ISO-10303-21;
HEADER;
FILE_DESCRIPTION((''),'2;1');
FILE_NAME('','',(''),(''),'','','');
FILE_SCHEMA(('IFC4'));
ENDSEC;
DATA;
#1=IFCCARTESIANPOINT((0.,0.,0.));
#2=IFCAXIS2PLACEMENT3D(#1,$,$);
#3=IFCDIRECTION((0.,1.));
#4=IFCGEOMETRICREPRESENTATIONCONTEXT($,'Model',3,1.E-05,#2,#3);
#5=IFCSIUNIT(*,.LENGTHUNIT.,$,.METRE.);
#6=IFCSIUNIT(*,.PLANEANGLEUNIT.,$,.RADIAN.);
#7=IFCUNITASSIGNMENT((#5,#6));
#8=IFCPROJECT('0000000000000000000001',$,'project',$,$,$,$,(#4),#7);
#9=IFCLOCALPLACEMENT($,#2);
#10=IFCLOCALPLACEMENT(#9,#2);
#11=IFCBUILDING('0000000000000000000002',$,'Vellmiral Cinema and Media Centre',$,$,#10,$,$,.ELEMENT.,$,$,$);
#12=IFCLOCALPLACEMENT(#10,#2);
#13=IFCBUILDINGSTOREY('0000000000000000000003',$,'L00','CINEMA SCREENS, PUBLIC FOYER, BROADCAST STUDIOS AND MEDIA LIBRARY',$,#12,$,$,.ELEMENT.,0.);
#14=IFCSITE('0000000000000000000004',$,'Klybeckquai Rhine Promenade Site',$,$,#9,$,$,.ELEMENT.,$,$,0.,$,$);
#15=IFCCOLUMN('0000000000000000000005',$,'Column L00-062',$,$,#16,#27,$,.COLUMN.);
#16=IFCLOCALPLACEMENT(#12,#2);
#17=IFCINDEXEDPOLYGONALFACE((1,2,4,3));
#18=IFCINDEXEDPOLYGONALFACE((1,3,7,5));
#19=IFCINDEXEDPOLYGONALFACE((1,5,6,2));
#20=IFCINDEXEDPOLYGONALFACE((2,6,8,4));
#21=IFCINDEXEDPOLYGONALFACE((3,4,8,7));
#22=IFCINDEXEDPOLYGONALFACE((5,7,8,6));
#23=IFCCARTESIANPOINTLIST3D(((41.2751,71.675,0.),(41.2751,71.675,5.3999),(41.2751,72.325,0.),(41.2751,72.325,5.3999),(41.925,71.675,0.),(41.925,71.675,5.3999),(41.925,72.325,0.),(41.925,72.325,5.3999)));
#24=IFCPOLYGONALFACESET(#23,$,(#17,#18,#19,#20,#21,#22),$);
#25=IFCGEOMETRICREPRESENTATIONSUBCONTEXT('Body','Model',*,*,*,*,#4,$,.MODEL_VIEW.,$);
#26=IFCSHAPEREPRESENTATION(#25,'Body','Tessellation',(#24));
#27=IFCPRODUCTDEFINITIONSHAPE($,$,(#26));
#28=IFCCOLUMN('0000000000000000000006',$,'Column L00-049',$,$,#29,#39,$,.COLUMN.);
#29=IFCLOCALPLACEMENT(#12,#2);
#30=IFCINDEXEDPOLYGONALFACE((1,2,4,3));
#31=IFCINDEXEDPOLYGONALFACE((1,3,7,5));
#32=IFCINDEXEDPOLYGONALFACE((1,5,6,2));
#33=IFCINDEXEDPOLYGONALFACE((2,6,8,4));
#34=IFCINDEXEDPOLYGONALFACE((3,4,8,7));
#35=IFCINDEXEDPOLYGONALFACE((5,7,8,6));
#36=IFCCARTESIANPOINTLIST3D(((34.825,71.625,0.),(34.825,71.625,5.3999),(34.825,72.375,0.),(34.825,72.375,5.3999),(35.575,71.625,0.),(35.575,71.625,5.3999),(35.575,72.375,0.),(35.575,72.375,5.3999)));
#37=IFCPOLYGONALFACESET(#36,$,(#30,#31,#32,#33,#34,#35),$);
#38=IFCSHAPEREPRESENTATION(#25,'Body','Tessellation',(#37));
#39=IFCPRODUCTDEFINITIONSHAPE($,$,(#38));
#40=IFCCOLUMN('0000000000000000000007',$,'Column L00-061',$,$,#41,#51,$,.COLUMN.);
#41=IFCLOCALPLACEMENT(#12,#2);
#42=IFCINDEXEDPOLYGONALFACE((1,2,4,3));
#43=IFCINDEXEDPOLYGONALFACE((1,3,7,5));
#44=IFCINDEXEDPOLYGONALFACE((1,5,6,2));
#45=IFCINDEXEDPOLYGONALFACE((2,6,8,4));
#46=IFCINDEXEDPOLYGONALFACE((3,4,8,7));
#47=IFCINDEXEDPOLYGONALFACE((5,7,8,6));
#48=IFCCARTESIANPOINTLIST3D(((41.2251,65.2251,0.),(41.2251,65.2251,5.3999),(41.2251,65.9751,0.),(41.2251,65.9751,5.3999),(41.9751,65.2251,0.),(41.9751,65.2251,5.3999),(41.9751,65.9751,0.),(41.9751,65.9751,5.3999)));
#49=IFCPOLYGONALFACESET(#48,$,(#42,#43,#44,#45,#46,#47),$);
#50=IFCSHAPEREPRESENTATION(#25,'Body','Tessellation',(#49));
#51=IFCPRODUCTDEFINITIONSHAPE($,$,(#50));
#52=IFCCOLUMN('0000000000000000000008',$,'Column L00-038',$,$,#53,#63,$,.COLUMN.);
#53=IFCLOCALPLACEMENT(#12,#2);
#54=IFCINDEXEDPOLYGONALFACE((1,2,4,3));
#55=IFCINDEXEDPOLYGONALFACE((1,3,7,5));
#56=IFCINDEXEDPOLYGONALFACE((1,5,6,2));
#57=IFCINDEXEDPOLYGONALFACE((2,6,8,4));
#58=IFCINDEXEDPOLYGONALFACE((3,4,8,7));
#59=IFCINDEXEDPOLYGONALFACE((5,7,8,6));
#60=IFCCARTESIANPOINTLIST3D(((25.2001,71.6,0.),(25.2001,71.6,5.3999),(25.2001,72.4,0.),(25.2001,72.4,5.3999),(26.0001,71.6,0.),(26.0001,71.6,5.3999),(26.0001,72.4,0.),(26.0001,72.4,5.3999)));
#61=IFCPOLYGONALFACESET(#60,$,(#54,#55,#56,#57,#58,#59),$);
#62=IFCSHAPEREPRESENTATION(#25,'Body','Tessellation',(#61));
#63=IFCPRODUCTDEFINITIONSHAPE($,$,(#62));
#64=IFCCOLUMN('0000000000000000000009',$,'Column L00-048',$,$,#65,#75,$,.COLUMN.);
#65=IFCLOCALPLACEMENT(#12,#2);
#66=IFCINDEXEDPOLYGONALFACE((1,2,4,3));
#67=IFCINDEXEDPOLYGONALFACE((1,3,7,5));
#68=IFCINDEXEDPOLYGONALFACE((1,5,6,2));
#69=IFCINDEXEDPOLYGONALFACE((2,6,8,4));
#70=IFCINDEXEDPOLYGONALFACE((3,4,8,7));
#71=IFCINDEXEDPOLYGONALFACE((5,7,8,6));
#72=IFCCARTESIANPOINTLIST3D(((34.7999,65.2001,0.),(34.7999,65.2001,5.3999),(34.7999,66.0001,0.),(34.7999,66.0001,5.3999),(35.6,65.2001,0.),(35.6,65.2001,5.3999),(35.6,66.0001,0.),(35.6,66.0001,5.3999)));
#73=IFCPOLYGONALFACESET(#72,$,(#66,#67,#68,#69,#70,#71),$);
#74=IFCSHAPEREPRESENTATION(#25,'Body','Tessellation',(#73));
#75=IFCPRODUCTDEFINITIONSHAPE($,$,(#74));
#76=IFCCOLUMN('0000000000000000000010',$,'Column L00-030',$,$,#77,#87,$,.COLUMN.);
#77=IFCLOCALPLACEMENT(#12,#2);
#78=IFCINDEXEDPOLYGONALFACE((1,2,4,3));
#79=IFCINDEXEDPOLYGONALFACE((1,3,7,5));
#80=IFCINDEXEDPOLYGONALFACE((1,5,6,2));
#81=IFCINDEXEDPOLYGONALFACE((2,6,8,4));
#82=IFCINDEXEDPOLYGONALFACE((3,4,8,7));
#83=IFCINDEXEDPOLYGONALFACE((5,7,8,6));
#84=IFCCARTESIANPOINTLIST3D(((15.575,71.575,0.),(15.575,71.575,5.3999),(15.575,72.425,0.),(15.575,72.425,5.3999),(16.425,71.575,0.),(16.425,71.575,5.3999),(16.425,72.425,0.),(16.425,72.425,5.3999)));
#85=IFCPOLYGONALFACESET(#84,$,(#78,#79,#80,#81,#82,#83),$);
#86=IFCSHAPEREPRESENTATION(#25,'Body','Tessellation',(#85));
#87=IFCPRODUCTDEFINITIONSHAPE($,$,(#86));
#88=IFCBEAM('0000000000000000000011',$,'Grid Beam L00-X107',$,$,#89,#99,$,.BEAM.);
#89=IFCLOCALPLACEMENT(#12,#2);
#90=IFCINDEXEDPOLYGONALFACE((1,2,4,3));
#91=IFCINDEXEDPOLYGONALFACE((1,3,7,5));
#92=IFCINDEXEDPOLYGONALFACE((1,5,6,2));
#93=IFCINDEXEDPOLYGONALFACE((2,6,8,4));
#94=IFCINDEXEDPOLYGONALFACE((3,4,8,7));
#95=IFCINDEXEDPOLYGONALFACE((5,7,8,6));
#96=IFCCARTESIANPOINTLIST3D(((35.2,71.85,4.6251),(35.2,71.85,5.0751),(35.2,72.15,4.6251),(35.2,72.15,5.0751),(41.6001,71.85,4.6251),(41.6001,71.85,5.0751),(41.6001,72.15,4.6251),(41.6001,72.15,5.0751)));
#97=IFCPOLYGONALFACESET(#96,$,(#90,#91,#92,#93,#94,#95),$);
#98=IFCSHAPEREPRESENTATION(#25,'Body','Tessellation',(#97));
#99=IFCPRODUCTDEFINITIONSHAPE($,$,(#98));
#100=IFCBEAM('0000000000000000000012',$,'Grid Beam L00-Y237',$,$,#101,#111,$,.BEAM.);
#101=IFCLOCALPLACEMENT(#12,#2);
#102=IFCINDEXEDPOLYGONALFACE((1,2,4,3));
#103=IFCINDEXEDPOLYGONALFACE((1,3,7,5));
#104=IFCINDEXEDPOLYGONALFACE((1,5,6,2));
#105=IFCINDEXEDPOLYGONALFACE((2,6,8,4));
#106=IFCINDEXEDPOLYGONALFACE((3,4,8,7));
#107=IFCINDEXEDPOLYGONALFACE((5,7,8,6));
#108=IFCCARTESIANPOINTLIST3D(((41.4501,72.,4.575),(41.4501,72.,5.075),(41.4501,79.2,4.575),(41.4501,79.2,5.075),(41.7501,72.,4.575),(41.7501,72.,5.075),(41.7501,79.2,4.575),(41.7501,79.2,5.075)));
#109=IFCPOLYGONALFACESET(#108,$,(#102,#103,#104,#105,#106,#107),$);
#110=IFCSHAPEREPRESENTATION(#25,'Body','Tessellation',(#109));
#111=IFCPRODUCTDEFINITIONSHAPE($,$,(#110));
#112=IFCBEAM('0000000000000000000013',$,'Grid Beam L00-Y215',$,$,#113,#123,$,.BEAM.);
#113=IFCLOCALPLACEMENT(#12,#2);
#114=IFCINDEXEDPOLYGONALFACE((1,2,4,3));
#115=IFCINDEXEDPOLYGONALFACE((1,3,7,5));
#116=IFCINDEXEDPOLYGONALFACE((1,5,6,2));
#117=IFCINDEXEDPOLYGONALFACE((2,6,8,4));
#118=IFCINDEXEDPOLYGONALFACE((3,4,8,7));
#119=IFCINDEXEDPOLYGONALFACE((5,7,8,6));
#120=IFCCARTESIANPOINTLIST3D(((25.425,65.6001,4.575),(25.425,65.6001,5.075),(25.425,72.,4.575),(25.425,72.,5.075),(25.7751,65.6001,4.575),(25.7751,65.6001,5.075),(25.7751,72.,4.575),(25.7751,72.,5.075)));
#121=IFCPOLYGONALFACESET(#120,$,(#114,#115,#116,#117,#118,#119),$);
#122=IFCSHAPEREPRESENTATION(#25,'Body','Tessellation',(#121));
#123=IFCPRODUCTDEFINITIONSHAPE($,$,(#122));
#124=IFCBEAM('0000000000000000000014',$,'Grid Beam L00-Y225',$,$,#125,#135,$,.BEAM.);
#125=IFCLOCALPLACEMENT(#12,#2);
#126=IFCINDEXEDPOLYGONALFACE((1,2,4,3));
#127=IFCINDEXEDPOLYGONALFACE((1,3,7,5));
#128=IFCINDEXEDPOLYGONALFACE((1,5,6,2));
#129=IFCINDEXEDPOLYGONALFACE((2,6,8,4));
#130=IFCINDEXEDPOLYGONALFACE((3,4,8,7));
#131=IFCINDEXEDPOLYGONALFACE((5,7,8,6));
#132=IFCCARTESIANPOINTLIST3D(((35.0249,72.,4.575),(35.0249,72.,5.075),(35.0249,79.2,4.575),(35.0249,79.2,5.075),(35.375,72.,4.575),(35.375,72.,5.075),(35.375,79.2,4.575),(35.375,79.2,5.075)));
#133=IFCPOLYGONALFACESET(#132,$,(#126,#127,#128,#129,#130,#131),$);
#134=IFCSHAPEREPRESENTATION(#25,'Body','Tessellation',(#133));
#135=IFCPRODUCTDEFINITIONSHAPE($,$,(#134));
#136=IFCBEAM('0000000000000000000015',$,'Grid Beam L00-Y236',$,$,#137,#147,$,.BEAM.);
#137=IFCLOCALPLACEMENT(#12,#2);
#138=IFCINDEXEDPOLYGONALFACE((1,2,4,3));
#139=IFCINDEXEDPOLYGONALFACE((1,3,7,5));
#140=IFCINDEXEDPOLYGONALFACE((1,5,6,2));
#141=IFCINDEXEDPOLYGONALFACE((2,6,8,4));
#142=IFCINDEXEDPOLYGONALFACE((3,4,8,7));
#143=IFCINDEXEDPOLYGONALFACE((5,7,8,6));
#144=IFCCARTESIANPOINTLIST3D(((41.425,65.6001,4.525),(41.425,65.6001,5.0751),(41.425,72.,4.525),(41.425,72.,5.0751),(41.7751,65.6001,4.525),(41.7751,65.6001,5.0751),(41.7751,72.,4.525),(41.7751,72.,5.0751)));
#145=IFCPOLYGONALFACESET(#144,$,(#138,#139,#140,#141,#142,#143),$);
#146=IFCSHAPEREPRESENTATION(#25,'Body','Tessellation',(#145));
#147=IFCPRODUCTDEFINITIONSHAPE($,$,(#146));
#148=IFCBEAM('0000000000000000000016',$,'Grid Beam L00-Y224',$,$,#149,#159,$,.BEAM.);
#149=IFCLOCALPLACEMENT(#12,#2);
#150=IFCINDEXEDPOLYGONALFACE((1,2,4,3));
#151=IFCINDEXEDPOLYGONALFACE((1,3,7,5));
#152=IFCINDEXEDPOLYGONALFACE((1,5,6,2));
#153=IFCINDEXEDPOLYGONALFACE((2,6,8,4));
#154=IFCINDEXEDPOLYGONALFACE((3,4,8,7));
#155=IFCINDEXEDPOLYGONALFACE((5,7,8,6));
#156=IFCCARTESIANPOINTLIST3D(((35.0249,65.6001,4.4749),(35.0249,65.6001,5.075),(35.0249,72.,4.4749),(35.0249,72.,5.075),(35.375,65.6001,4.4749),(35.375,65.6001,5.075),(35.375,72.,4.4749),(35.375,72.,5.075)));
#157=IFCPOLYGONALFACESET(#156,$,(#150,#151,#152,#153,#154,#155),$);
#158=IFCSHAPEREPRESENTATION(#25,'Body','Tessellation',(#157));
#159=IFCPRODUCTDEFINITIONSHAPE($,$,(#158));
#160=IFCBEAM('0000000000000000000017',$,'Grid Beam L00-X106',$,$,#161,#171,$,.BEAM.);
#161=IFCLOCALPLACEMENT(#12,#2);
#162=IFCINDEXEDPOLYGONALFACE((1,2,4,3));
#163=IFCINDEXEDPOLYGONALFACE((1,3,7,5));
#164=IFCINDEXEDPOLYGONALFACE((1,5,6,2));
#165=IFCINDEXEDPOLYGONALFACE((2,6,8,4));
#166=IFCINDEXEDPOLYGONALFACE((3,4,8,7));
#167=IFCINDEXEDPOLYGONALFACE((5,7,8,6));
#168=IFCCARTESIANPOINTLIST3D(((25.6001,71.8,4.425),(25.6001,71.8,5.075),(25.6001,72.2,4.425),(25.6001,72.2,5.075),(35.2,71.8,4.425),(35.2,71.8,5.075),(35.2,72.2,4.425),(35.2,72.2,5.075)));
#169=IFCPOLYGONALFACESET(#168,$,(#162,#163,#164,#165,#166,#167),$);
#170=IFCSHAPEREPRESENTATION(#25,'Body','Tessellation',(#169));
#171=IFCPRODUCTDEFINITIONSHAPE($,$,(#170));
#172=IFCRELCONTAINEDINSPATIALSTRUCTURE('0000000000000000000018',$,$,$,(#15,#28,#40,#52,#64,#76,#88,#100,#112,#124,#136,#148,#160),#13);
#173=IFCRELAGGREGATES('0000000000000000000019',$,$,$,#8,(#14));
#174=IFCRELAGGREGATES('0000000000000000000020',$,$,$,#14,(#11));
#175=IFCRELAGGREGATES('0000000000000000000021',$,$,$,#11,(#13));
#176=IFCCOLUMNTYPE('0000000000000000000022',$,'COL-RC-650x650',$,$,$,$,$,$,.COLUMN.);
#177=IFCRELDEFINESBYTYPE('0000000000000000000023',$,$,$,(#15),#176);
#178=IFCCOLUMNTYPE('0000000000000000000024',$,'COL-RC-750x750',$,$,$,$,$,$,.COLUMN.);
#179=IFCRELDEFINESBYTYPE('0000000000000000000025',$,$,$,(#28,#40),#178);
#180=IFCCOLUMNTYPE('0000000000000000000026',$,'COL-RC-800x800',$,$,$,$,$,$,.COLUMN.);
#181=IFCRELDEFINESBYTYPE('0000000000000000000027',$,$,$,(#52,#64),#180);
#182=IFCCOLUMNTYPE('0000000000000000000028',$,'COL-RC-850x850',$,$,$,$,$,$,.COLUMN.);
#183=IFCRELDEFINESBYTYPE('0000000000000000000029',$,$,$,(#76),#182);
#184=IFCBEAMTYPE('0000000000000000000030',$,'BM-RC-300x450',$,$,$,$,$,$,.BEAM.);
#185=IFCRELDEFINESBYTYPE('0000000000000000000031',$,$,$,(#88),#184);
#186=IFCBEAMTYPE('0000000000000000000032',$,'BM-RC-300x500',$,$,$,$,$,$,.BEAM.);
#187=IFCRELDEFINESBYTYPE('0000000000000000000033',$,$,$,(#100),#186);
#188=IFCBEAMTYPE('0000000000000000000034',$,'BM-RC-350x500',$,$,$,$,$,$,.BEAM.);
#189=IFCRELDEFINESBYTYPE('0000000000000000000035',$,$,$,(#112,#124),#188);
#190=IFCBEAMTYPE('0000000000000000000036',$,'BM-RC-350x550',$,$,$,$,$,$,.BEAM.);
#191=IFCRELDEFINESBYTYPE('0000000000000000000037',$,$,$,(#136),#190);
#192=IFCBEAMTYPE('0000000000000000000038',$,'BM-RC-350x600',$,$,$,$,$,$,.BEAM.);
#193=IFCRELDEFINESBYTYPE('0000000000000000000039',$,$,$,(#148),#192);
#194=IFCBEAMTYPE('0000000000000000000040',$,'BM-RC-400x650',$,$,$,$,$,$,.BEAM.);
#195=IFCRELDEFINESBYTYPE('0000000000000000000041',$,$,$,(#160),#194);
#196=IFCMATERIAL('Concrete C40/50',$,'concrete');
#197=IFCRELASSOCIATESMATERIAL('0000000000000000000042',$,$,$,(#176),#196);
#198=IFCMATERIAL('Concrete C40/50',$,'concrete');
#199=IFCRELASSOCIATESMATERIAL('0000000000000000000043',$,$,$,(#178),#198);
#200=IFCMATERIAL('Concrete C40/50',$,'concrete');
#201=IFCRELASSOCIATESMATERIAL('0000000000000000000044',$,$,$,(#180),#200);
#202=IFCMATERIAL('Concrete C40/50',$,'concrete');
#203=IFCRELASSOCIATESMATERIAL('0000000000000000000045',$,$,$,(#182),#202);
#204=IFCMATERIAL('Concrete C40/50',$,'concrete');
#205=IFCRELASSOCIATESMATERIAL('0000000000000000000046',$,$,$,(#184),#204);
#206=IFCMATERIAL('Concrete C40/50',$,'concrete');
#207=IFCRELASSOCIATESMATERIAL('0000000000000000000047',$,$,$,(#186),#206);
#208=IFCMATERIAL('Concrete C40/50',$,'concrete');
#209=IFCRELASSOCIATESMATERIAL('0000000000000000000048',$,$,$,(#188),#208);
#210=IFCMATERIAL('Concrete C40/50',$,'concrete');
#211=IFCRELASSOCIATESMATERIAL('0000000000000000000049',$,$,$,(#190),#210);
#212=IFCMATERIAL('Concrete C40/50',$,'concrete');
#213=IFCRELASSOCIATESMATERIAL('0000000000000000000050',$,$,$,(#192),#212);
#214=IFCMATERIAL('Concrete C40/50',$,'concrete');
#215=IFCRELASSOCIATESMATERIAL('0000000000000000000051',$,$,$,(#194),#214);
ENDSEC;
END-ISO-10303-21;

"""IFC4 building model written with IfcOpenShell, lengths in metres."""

from ifc_helpers import new_model, si_unit, direction, frame, origin, origin_2d, place, context, subcontext, project, spatial, rectangle, extrude, material, material_profile, profile_set, type_object, element, save


model = new_model("IFC4")

# Units and contexts
model_context = context("Model", 3, precision=1e-05, world=origin(), true_north=direction((0.0, 1.0)))
body_context = subcontext(model_context, "Body", "Model", "MODEL_VIEW")
ifc_project = project(units=[si_unit("LENGTHUNIT", "METRE"), si_unit("PLANEANGLEUNIT", "RADIAN")], contexts=[model_context])

# Site, building, storey
site_placement = place(None, origin())
site = spatial("IfcSite", under=ifc_project, at=site_placement, Name="Klybeckquai Rhine Promenade Site", CompositionType="ELEMENT", RefElevation=0.0)
building_placement = place(site_placement, origin())
building = spatial("IfcBuilding", under=site, at=building_placement, Name="Vellmiral Cinema and Media Centre", CompositionType="ELEMENT")
storey_placement = place(building_placement, origin())
storey = spatial("IfcBuildingStorey", under=building, at=storey_placement, Name="L00", Description="CINEMA SCREENS, PUBLIC FOYER, BROADCAST STUDIOS AND MEDIA LIBRARY", CompositionType="ELEMENT", Elevation=0.0)

# Columns
ifc_material_1 = material(Name="Concrete C40/50", Category="concrete")
ifc_material_profile_1 = material_profile(ifc_material_1, rectangle(XDim=0.6499, YDim=0.6499, at=origin_2d()), Name="RC 650x650")
ifc_profile_set_1 = profile_set([ifc_material_profile_1], Name="Concrete C40/50")
column_type_1 = type_object("IfcColumnType", Name="COL-RC-650x650", PredefinedType="COLUMN", material=ifc_profile_set_1)
column_1_placement = place(storey_placement, frame((41.6001, 72.0, 0.0), z_axis=(0.0, 0.0, 1.0), x_axis=(1.0, 0.0, 0.0)))
element("IfcColumn", 1, at=column_1_placement, inside=storey, type_object=column_type_1, Name="Column L00-062", PredefinedType="COLUMN", context=body_context, shape_type="SweptSolid", body=[
    extrude(rectangle(XDim=0.6499, YDim=0.6499, at=origin_2d()), origin(), (0.0, 0.0, 1.0), 5.3999),
])
ifc_material_2 = material(Name="Concrete C40/50", Category="concrete")
ifc_material_profile_2 = material_profile(ifc_material_2, rectangle(XDim=0.75, YDim=0.75, at=origin_2d()), Name="RC 750x750")
ifc_profile_set_2 = profile_set([ifc_material_profile_2], Name="Concrete C40/50")
column_type_2 = type_object("IfcColumnType", Name="COL-RC-750x750", PredefinedType="COLUMN", material=ifc_profile_set_2)
for number, where, z_axis, x_axis, name in (
    (2, (35.2, 72.0, 0.0), (0.0, 0.0, 1.0), (1.0, 0.0, 0.0), "Column L00-049"),
    (3, (41.6001, 65.6001, 0.0), (0.0, 0.0, 1.0), (1.0, 0.0, 0.0), "Column L00-061"),
):
    element("IfcColumn", number, at=place(storey_placement, frame(where, z_axis=z_axis, x_axis=x_axis)), inside=storey, type_object=column_type_2, Name=name, PredefinedType="COLUMN", context=body_context, shape_type="SweptSolid", body=[
        extrude(rectangle(XDim=0.75, YDim=0.75, at=origin_2d()), origin(), (0.0, 0.0, 1.0), 5.3999),
    ])
ifc_material_3 = material(Name="Concrete C40/50", Category="concrete")
ifc_material_profile_3 = material_profile(ifc_material_3, rectangle(XDim=0.8, YDim=0.8, at=origin_2d()), Name="RC 800x800")
ifc_profile_set_3 = profile_set([ifc_material_profile_3], Name="Concrete C40/50")
column_type_3 = type_object("IfcColumnType", Name="COL-RC-800x800", PredefinedType="COLUMN", material=ifc_profile_set_3)
for number, where, z_axis, x_axis, name in (
    (4, (25.6001, 72.0, 0.0), (0.0, 0.0, 1.0), (1.0, 0.0, 0.0), "Column L00-038"),
    (5, (35.2, 65.6001, 0.0), (0.0, 0.0, 1.0), (1.0, 0.0, 0.0), "Column L00-048"),
):
    element("IfcColumn", number, at=place(storey_placement, frame(where, z_axis=z_axis, x_axis=x_axis)), inside=storey, type_object=column_type_3, Name=name, PredefinedType="COLUMN", context=body_context, shape_type="SweptSolid", body=[
        extrude(rectangle(XDim=0.8, YDim=0.8, at=origin_2d()), origin(), (0.0, 0.0, 1.0), 5.3999),
    ])
ifc_material_4 = material(Name="Concrete C40/50", Category="concrete")
ifc_material_profile_4 = material_profile(ifc_material_4, rectangle(XDim=0.8501, YDim=0.8501, at=origin_2d()), Name="RC 850x850")
ifc_profile_set_4 = profile_set([ifc_material_profile_4], Name="Concrete C40/50")
column_type_4 = type_object("IfcColumnType", Name="COL-RC-850x850", PredefinedType="COLUMN", material=ifc_profile_set_4)
column_2_placement = place(storey_placement, frame((16.0, 72.0, 0.0), z_axis=(0.0, 0.0, 1.0), x_axis=(1.0, 0.0, 0.0)))
element("IfcColumn", 6, at=column_2_placement, inside=storey, type_object=column_type_4, Name="Column L00-030", PredefinedType="COLUMN", context=body_context, shape_type="SweptSolid", body=[
    extrude(rectangle(XDim=0.8501, YDim=0.8501, at=origin_2d()), origin(), (0.0, 0.0, 1.0), 5.3999),
])

# Beams
ifc_material_5 = material(Name="Concrete C40/50", Category="concrete")
ifc_material_profile_5 = material_profile(ifc_material_5, rectangle(XDim=0.3, YDim=0.45, at=origin_2d()), Name="RC 300x450")
ifc_profile_set_5 = profile_set([ifc_material_profile_5], Name="Concrete C40/50")
beam_type_1 = type_object("IfcBeamType", Name="BM-RC-300x450", PredefinedType="BEAM", material=ifc_profile_set_5)
beam_1_placement = place(storey_placement, frame((35.2, 72.0, 4.8501), z_axis=(1.0, 0.0, 0.0), x_axis=(0.0, 1.0, 0.0)))
element("IfcBeam", 7, at=beam_1_placement, inside=storey, type_object=beam_type_1, Name="Grid Beam L00-X107", PredefinedType="BEAM", context=body_context, shape_type="SweptSolid", body=[
    extrude(rectangle(XDim=0.3, YDim=0.45, at=origin_2d()), origin(), (0.0, 0.0, 1.0), 6.4001),
])
ifc_material_6 = material(Name="Concrete C40/50", Category="concrete")
ifc_material_profile_6 = material_profile(ifc_material_6, rectangle(XDim=0.3, YDim=0.5, at=origin_2d()), Name="RC 300x500")
ifc_profile_set_6 = profile_set([ifc_material_profile_6], Name="Concrete C40/50")
beam_type_2 = type_object("IfcBeamType", Name="BM-RC-300x500", PredefinedType="BEAM", material=ifc_profile_set_6)
beam_2_placement = place(storey_placement, frame((41.6001, 72.0, 4.825), z_axis=(0.0, 1.0, 0.0), x_axis=(-1.0, 0.0, 0.0)))
element("IfcBeam", 8, at=beam_2_placement, inside=storey, type_object=beam_type_2, Name="Grid Beam L00-Y237", PredefinedType="BEAM", context=body_context, shape_type="SweptSolid", body=[
    extrude(rectangle(XDim=0.3, YDim=0.5, at=origin_2d()), origin(), (0.0, 0.0, 1.0), 7.2),
])
ifc_material_7 = material(Name="Concrete C40/50", Category="concrete")
ifc_material_profile_7 = material_profile(ifc_material_7, rectangle(XDim=0.3501, YDim=0.5, at=origin_2d()), Name="RC 350x500")
ifc_profile_set_7 = profile_set([ifc_material_profile_7], Name="Concrete C40/50")
beam_type_3 = type_object("IfcBeamType", Name="BM-RC-350x500", PredefinedType="BEAM", material=ifc_profile_set_7)
beam_3_placement = place(storey_placement, frame((25.6001, 65.6001, 4.825), z_axis=(0.0, 1.0, 0.0), x_axis=(-1.0, 0.0, 0.0)))
element("IfcBeam", 9, at=beam_3_placement, inside=storey, type_object=beam_type_3, Name="Grid Beam L00-Y215", PredefinedType="BEAM", context=body_context, shape_type="SweptSolid", body=[
    extrude(rectangle(XDim=0.3501, YDim=0.5, at=origin_2d()), origin(), (0.0, 0.0, 1.0), 6.3999),
])
beam_4_placement = place(storey_placement, frame((35.2, 72.0, 4.825), z_axis=(0.0, 1.0, 0.0), x_axis=(-1.0, 0.0, 0.0)))
element("IfcBeam", 10, at=beam_4_placement, inside=storey, type_object=beam_type_3, Name="Grid Beam L00-Y225", PredefinedType="BEAM", context=body_context, shape_type="SweptSolid", body=[
    extrude(rectangle(XDim=0.3501, YDim=0.5, at=origin_2d()), origin(), (0.0, 0.0, 1.0), 7.2),
])
ifc_material_8 = material(Name="Concrete C40/50", Category="concrete")
ifc_material_profile_8 = material_profile(ifc_material_8, rectangle(XDim=0.3501, YDim=0.55, at=origin_2d()), Name="RC 350x550")
ifc_profile_set_8 = profile_set([ifc_material_profile_8], Name="Concrete C40/50")
beam_type_4 = type_object("IfcBeamType", Name="BM-RC-350x550", PredefinedType="BEAM", material=ifc_profile_set_8)
beam_5_placement = place(storey_placement, frame((41.6001, 65.6001, 4.8), z_axis=(0.0, 1.0, 0.0), x_axis=(-1.0, 0.0, 0.0)))
element("IfcBeam", 11, at=beam_5_placement, inside=storey, type_object=beam_type_4, Name="Grid Beam L00-Y236", PredefinedType="BEAM", context=body_context, shape_type="SweptSolid", body=[
    extrude(rectangle(XDim=0.3501, YDim=0.55, at=origin_2d()), origin(), (0.0, 0.0, 1.0), 6.3999),
])
ifc_material_9 = material(Name="Concrete C40/50", Category="concrete")
ifc_material_profile_9 = material_profile(ifc_material_9, rectangle(XDim=0.3501, YDim=0.6001, at=origin_2d()), Name="RC 350x600")
ifc_profile_set_9 = profile_set([ifc_material_profile_9], Name="Concrete C40/50")
beam_type_5 = type_object("IfcBeamType", Name="BM-RC-350x600", PredefinedType="BEAM", material=ifc_profile_set_9)
beam_6_placement = place(storey_placement, frame((35.2, 65.6001, 4.7749), z_axis=(0.0, 1.0, 0.0), x_axis=(-1.0, 0.0, 0.0)))
element("IfcBeam", 12, at=beam_6_placement, inside=storey, type_object=beam_type_5, Name="Grid Beam L00-Y224", PredefinedType="BEAM", context=body_context, shape_type="SweptSolid", body=[
    extrude(rectangle(XDim=0.3501, YDim=0.6001, at=origin_2d()), origin(), (0.0, 0.0, 1.0), 6.3999),
])
ifc_material_10 = material(Name="Concrete C40/50", Category="concrete")
ifc_material_profile_10 = material_profile(ifc_material_10, rectangle(XDim=0.3999, YDim=0.6499, at=origin_2d()), Name="RC 400x650")
ifc_profile_set_10 = profile_set([ifc_material_profile_10], Name="Concrete C40/50")
beam_type_6 = type_object("IfcBeamType", Name="BM-RC-400x650", PredefinedType="BEAM", material=ifc_profile_set_10)
beam_7_placement = place(storey_placement, frame((25.6001, 72.0, 4.75), z_axis=(1.0, 0.0, 0.0), x_axis=(0.0, 1.0, 0.0)))
element("IfcBeam", 13, at=beam_7_placement, inside=storey, type_object=beam_type_6, Name="Grid Beam L00-X106", PredefinedType="BEAM", context=body_context, shape_type="SweptSolid", body=[
    extrude(rectangle(XDim=0.3999, YDim=0.6499, at=origin_2d()), origin(), (0.0, 0.0, 1.0), 9.5999),
])

save(model, "model.ifc")
